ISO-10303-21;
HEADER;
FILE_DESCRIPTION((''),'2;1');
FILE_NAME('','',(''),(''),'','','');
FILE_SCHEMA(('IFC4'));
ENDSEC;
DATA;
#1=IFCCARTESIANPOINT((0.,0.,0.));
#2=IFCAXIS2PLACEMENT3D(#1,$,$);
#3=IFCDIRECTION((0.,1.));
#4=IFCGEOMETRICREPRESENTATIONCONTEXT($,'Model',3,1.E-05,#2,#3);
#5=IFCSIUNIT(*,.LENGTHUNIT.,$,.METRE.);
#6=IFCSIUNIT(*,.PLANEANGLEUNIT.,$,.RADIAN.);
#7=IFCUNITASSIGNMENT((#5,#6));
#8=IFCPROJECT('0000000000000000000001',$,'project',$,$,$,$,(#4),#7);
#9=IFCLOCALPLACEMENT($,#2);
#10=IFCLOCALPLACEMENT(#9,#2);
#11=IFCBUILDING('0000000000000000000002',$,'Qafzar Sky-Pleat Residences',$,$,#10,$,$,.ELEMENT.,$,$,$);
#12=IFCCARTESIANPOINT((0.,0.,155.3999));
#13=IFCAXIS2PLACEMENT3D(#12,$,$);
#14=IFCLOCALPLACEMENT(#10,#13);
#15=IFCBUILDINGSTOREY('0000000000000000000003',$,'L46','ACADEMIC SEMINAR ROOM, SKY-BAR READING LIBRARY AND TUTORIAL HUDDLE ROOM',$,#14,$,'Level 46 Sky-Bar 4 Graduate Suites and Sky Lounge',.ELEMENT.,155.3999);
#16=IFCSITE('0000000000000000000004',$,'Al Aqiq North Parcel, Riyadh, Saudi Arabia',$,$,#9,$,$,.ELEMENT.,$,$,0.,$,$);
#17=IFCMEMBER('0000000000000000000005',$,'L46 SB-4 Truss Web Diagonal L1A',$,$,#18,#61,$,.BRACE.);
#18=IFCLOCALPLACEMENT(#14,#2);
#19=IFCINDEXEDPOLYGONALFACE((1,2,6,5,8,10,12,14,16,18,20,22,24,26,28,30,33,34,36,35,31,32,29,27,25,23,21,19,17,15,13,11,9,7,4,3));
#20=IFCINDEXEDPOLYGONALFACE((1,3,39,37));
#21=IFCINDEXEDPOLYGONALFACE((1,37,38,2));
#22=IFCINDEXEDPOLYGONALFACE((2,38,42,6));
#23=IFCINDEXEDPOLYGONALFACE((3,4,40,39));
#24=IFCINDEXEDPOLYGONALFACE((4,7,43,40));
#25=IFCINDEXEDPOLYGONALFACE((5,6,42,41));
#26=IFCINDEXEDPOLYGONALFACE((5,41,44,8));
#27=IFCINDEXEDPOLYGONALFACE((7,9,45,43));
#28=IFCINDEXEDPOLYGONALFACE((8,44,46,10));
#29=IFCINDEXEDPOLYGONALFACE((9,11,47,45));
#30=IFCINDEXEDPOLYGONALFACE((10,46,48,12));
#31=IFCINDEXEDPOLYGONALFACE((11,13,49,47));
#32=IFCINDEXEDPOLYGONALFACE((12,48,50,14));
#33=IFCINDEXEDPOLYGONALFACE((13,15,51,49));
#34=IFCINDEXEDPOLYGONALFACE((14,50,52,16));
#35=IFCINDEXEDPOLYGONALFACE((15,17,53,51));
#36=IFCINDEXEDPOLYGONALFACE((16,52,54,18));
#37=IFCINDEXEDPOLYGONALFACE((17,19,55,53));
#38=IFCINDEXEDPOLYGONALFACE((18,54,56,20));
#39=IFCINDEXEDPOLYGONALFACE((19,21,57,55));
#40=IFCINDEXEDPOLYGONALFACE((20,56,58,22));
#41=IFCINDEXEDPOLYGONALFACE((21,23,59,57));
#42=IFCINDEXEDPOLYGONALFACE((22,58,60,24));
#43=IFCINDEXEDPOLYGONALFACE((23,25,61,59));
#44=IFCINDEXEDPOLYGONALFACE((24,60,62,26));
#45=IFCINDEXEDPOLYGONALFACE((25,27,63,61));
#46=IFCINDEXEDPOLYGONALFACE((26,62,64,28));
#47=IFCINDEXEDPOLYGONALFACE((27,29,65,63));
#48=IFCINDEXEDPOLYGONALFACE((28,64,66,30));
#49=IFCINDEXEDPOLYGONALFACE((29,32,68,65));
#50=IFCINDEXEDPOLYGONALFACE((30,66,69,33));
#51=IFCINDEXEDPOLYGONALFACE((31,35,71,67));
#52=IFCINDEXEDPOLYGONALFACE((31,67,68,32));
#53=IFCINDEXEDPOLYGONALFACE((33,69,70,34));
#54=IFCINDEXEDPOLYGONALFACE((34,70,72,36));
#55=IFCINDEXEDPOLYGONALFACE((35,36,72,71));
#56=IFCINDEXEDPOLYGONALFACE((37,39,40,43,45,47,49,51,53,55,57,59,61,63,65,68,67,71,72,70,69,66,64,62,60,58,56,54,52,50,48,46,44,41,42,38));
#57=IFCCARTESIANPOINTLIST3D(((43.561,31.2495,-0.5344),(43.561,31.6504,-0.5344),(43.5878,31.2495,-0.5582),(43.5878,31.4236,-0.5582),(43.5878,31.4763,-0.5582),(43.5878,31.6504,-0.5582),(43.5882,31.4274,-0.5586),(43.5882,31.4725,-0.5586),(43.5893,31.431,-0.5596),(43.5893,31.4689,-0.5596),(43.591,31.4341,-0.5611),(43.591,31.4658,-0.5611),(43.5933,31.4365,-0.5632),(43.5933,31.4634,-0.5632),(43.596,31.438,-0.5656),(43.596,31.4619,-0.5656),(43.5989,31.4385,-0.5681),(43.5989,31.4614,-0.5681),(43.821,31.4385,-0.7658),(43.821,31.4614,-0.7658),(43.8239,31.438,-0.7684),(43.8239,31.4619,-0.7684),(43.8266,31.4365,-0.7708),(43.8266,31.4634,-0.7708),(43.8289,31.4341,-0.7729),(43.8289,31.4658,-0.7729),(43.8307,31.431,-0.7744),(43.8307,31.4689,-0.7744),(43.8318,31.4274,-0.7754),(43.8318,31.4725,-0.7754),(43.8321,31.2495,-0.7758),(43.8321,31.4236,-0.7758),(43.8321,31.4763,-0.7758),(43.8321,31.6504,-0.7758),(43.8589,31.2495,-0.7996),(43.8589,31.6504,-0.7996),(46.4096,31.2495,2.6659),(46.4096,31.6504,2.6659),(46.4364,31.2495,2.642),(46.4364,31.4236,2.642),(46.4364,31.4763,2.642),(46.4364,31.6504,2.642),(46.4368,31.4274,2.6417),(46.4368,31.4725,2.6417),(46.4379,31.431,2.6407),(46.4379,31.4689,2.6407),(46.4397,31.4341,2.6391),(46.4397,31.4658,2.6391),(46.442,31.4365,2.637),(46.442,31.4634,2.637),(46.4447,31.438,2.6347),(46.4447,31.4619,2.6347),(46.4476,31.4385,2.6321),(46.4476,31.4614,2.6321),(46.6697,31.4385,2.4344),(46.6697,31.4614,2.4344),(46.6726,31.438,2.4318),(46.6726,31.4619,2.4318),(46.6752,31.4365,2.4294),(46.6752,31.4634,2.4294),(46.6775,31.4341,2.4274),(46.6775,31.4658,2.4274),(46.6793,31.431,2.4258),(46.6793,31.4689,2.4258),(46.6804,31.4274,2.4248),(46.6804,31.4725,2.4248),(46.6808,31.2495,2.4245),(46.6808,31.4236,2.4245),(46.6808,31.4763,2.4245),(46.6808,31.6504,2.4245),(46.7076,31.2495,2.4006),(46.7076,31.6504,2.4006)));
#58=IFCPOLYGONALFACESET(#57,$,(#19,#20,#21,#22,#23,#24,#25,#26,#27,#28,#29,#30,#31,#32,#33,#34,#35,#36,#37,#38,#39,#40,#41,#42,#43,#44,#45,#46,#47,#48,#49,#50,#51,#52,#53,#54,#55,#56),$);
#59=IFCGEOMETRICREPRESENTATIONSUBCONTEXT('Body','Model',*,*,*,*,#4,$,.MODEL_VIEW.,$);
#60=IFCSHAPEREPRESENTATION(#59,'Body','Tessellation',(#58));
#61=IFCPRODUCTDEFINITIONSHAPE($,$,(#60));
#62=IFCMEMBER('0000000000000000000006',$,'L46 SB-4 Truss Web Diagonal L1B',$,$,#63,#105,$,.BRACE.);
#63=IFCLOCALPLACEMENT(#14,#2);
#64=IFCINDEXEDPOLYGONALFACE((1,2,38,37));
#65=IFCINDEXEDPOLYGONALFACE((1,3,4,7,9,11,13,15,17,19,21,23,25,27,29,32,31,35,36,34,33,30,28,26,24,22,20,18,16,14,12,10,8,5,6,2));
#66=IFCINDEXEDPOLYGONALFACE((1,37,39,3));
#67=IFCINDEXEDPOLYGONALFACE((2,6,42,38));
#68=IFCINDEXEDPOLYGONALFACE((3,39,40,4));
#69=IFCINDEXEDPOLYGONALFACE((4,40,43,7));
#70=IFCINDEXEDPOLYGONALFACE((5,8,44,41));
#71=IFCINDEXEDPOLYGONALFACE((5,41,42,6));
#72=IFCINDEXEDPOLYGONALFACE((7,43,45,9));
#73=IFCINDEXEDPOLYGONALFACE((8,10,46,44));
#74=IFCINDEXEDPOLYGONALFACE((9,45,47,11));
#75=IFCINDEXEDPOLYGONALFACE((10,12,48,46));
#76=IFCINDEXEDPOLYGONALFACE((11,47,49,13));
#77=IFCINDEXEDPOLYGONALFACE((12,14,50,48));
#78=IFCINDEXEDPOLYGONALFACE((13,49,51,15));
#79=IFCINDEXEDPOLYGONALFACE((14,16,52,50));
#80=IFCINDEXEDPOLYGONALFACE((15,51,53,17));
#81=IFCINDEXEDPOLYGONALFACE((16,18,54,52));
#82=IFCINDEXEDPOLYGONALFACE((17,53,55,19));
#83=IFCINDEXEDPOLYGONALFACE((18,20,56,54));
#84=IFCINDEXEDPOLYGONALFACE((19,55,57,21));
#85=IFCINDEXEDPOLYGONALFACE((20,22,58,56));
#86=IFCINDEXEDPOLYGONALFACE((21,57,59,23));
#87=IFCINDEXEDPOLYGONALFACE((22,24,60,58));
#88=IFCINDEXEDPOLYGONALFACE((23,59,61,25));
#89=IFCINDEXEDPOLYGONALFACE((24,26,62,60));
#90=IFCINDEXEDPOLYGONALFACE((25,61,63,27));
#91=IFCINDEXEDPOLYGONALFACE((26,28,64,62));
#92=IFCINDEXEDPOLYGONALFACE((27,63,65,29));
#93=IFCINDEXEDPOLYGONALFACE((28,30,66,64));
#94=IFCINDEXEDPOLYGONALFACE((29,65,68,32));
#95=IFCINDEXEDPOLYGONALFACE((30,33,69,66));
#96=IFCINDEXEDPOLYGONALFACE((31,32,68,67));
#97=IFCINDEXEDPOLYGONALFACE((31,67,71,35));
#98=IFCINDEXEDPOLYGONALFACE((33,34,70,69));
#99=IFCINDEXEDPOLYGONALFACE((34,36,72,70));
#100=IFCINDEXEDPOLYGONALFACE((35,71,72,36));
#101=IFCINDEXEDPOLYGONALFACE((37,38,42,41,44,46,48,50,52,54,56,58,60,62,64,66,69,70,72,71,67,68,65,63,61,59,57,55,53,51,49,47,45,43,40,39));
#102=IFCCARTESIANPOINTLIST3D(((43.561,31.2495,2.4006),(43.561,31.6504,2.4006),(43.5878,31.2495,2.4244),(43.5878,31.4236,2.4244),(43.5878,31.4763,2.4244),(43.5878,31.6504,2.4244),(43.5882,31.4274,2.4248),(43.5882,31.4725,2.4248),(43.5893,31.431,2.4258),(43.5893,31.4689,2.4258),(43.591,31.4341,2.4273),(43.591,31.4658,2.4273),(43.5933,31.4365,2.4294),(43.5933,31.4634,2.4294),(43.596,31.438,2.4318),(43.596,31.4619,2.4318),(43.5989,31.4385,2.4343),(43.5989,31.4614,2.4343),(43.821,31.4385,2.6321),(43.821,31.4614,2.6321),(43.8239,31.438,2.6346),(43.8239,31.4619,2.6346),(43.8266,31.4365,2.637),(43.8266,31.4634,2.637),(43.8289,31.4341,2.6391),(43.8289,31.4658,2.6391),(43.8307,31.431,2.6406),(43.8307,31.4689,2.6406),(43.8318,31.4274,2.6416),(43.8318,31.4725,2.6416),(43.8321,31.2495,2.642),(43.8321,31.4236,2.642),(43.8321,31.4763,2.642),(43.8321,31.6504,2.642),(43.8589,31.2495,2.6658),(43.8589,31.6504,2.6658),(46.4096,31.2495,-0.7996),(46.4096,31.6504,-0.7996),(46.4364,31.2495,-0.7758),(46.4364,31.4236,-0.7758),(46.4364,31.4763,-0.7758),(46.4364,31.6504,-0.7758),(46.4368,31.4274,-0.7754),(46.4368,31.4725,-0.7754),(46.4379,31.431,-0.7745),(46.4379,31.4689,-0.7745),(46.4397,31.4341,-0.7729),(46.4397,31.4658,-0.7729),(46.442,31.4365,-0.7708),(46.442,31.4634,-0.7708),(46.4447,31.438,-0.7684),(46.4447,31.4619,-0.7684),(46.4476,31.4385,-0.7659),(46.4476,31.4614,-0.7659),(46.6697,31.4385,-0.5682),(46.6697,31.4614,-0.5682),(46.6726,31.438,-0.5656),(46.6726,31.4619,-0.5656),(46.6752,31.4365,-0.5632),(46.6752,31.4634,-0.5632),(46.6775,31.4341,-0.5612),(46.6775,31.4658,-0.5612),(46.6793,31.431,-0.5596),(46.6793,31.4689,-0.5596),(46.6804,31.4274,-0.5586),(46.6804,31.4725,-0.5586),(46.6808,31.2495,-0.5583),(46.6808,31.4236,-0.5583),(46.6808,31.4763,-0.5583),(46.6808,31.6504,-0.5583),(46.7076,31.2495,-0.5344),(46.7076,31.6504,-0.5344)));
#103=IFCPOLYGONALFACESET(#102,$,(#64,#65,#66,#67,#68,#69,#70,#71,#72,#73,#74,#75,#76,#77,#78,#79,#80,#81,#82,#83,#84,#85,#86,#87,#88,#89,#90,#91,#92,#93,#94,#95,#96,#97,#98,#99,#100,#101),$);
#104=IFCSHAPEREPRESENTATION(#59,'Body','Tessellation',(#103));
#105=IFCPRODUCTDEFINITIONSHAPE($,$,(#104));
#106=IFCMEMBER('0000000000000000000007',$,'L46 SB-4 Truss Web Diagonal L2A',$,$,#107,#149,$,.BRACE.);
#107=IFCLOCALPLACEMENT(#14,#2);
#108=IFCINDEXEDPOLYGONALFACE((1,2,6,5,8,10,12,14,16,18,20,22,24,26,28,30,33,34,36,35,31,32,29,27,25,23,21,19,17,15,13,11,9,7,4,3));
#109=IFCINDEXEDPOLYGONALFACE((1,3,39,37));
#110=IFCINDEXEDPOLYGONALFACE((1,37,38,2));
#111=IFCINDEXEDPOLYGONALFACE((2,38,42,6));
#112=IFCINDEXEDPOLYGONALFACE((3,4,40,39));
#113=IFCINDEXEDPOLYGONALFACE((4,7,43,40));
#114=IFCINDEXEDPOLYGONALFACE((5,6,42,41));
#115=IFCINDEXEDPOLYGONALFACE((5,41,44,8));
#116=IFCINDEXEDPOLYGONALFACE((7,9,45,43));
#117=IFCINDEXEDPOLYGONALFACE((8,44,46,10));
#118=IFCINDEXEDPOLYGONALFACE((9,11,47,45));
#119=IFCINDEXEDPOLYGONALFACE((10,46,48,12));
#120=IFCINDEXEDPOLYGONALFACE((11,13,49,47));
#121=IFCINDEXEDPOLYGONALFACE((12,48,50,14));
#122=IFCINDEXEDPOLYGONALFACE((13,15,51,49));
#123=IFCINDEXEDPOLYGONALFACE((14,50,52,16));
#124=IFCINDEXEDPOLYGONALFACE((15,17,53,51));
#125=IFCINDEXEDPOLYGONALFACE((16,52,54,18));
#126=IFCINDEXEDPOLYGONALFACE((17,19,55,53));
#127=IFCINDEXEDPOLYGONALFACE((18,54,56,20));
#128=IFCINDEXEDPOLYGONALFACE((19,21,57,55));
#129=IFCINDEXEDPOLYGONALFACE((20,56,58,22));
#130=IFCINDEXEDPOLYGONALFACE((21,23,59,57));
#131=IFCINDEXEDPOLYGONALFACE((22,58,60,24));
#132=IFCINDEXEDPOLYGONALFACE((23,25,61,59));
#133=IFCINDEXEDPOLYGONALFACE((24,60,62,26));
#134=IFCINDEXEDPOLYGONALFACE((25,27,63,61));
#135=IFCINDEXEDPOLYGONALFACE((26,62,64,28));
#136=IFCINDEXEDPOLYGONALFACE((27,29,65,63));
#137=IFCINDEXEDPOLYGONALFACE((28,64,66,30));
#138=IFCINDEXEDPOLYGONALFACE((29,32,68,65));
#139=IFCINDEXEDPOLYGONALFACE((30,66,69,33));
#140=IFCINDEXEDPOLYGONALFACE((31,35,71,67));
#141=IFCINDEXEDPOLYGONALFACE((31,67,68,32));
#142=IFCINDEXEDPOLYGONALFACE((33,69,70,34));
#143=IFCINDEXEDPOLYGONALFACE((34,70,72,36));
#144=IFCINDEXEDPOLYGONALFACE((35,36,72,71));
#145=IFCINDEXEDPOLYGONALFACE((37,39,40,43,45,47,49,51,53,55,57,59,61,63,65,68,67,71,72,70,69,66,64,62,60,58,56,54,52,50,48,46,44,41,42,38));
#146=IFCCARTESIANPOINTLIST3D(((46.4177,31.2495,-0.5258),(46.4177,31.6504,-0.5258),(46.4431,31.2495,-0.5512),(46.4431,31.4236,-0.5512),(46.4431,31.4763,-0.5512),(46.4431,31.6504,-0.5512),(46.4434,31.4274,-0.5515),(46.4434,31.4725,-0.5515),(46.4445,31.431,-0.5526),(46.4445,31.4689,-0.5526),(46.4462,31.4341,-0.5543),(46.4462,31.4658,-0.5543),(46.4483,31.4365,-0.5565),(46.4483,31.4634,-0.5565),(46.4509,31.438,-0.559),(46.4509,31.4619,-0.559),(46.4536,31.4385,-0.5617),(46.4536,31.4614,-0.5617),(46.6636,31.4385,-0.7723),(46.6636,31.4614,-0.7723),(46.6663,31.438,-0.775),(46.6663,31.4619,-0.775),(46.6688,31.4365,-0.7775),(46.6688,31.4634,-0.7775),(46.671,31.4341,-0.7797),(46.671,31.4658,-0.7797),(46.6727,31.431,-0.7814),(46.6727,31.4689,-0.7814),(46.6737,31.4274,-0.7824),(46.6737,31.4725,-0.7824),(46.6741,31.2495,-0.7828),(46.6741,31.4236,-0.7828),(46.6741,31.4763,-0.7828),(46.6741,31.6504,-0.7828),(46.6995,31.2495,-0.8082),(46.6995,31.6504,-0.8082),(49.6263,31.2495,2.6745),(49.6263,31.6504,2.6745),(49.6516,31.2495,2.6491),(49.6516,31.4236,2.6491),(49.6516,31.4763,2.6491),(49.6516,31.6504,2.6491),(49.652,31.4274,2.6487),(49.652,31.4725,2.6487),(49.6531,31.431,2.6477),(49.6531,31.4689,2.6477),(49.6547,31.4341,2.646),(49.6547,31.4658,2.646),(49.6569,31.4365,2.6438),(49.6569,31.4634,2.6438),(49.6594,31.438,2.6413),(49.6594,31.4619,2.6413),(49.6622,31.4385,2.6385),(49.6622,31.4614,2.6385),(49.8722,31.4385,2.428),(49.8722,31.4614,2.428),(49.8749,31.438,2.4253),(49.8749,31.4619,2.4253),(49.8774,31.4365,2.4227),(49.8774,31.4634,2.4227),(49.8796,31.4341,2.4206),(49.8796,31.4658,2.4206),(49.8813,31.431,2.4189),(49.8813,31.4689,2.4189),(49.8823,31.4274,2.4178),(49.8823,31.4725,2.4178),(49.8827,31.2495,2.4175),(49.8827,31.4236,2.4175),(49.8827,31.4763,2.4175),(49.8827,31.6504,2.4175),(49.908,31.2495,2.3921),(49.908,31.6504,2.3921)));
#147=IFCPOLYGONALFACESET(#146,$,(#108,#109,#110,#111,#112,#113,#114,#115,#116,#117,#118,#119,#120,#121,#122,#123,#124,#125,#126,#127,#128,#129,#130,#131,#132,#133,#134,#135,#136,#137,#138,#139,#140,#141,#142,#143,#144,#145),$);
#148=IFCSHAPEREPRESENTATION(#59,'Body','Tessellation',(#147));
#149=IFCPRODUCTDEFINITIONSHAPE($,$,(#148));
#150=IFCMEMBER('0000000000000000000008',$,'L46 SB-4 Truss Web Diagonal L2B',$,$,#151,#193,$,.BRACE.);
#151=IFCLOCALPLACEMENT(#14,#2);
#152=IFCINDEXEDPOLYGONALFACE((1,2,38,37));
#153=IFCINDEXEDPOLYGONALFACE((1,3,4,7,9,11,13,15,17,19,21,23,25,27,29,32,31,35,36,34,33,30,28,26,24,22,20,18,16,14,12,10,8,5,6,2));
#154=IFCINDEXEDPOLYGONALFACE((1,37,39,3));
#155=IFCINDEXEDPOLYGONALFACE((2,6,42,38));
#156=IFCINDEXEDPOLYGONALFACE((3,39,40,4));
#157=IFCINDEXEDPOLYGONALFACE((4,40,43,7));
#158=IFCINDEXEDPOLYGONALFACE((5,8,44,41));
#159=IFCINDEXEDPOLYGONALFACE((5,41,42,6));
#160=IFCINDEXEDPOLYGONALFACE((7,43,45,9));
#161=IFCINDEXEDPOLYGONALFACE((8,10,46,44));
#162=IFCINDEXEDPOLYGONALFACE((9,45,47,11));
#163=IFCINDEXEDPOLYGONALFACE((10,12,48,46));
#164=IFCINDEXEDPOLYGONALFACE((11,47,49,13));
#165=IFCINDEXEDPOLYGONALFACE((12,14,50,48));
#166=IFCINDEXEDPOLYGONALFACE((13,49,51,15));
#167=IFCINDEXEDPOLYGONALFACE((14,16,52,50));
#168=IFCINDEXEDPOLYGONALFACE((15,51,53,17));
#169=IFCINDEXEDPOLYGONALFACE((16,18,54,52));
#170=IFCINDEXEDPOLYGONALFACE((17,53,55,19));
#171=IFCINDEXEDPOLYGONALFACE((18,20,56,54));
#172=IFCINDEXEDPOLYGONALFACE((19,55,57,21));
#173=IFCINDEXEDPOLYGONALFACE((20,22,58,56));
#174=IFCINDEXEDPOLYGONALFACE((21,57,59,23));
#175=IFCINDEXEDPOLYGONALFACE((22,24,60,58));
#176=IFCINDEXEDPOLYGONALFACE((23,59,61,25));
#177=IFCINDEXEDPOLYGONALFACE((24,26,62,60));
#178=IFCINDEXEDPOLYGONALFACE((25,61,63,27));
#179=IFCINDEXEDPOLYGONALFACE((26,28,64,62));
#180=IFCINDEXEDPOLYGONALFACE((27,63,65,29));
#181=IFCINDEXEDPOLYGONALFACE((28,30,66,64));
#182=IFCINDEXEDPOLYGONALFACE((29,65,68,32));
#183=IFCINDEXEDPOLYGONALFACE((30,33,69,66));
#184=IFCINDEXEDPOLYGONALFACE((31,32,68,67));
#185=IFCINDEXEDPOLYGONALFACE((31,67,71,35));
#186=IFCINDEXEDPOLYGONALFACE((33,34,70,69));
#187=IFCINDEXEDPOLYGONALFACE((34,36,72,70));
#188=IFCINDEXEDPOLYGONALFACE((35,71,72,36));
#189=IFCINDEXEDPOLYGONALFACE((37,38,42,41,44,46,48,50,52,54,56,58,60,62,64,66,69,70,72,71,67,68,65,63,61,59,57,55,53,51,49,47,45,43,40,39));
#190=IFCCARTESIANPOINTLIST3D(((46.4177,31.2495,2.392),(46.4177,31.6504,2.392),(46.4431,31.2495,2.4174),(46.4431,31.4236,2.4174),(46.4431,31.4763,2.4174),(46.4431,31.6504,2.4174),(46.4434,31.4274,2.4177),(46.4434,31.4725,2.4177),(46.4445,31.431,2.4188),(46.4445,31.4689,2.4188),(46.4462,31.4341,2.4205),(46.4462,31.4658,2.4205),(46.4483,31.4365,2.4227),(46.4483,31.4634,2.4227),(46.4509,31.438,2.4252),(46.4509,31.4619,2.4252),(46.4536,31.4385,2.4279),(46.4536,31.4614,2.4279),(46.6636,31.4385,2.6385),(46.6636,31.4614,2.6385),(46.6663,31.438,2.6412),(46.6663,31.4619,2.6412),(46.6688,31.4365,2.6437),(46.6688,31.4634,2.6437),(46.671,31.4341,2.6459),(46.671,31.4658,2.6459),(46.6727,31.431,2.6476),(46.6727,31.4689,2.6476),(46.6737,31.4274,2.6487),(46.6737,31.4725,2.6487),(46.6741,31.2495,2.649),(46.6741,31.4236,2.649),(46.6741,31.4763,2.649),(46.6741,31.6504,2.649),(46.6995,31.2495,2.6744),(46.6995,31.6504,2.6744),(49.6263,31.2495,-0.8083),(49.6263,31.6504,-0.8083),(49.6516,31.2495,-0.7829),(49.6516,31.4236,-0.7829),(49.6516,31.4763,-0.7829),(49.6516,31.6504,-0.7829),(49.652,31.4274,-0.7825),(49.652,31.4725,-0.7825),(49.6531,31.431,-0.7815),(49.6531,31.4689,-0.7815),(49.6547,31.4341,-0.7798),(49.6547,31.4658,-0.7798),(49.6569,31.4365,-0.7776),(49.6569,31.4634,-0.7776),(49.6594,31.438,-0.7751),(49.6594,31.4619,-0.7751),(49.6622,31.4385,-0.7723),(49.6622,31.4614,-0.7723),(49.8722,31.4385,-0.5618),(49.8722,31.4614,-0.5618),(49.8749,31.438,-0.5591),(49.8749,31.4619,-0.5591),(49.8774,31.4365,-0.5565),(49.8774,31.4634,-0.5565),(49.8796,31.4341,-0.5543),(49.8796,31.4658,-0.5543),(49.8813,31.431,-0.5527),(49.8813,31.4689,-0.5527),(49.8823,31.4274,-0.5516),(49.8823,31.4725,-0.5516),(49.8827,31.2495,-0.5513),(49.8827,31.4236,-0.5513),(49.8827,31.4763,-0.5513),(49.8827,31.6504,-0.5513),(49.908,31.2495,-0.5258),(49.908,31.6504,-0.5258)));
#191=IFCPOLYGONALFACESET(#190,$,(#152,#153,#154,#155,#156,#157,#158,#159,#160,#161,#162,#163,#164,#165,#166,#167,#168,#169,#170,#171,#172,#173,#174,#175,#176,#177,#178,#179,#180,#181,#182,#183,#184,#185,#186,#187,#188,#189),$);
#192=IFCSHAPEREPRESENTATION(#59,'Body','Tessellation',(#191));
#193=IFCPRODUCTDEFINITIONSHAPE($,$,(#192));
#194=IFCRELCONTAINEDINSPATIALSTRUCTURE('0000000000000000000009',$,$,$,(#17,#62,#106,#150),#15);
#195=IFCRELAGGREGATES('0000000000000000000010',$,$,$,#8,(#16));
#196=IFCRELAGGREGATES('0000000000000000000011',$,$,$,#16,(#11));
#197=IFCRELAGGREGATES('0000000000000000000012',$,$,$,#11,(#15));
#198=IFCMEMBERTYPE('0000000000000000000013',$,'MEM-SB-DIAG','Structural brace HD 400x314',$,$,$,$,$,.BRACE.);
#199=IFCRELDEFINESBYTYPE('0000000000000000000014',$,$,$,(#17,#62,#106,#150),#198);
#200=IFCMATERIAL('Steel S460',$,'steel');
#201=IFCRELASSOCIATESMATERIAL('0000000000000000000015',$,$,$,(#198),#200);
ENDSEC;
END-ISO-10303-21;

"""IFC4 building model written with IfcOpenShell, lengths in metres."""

from ifc_helpers import new_model, si_unit, direction, frame, origin, origin_2d, place, context, subcontext, project, spatial, i_section, extrude, source, transform, mapped, material, material_profile, profile_set, type_object, element, save


model = new_model("IFC4")

# Units and contexts
model_context = context("Model", 3, precision=1e-05, world=origin(), true_north=direction((0.0, 1.0)))
body_context = subcontext(model_context, "Body", "Model", "MODEL_VIEW")
ifc_project = project(units=[si_unit("LENGTHUNIT", "METRE"), si_unit("PLANEANGLEUNIT", "RADIAN")], contexts=[model_context])

# Site, building, storey
site_placement = place(None, origin())
site = spatial("IfcSite", under=ifc_project, at=site_placement, Name="Al Aqiq North Parcel, Riyadh, Saudi Arabia", CompositionType="ELEMENT", RefElevation=0.0)
building_placement = place(site_placement, origin())
building = spatial("IfcBuilding", under=site, at=building_placement, Name="Qafzar Sky-Pleat Residences", CompositionType="ELEMENT")
storey_placement = place(building_placement, frame((0.0, 0.0, 155.3999)))
storey = spatial("IfcBuildingStorey", under=building, at=storey_placement, Name="L46", Description="ACADEMIC SEMINAR ROOM, SKY-BAR READING LIBRARY AND TUTORIAL HUDDLE ROOM", LongName="Level 46 Sky-Bar 4 Graduate Suites and Sky Lounge", CompositionType="ELEMENT", Elevation=155.3999)

# Shared definitions
ifc_material_1 = material(Name="Steel S460", Category="steel")

# Members
ifc_material_profile_1 = material_profile(ifc_material_1, i_section(OverallWidth=0.4009, OverallDepth=0.3989, WebThickness=0.0229, FlangeThickness=0.0359, FilletRadius=0.0149, at=origin_2d()), Name="HD 400x314")
ifc_profile_set_1 = profile_set([ifc_material_profile_1], Name="Steel S460")
member_type = type_object("IfcMemberType", Name="MEM-SB-DIAG", Description="Structural brace HD 400x314", PredefinedType="BRACE", material=ifc_profile_set_1)
shared_shape_1 = source(origin(), body_context, "Body", "SweptSolid", [
    extrude(i_section(OverallWidth=0.4009, OverallDepth=0.3989, WebThickness=0.0229, FlangeThickness=0.0359, FilletRadius=0.0149, at=origin_2d()), origin(), (0.0, 0.0, 1.0), 4.2844),
])
for number, where, z_axis, x_axis, name in (
    (1, (43.71, 31.45, -0.667), (0.664887, 0.0, 0.746944), (0.0, 1.0, 0.0), "L46 SB-4 Truss Web Diagonal L1A"),
    (2, (43.71, 31.45, 2.5332), (0.664887, 0.0, -0.746944), (0.0, 1.0, 0.0), "L46 SB-4 Truss Web Diagonal L1B"),
):
    element("IfcMember", number, at=place(storey_placement, frame(where, z_axis=z_axis, x_axis=x_axis)), inside=storey, type_object=member_type, Name=name, PredefinedType="BRACE", context=body_context, shape_type="MappedRepresentation", body=[
        mapped(shared_shape_1, transform((0.0, 0.0, 0.0), x_axis=(1.0, 0.0, 0.0), y_axis=(0.0, 1.0, 0.0), z_axis=(0.0, 0.0, 1.0), scale=1.0)),
    ])
shared_shape_2 = source(origin(), body_context, "Body", "SweptSolid", [
    extrude(i_section(OverallWidth=0.4009, OverallDepth=0.3989, WebThickness=0.0229, FlangeThickness=0.0359, FilletRadius=0.0149, at=origin_2d()), origin(), (0.0, 0.0, 1.0), 4.5317),
])
for number, where, z_axis, x_axis, name in (
    (3, (46.5586, 31.45, -0.667), (0.708022, 0.0, 0.70619), (0.0, 1.0, 0.0), "L46 SB-4 Truss Web Diagonal L2A"),
    (4, (46.5586, 31.45, 2.5332), (0.708022, 0.0, -0.70619), (0.0, 1.0, 0.0), "L46 SB-4 Truss Web Diagonal L2B"),
):
    element("IfcMember", number, at=place(storey_placement, frame(where, z_axis=z_axis, x_axis=x_axis)), inside=storey, type_object=member_type, Name=name, PredefinedType="BRACE", context=body_context, shape_type="MappedRepresentation", body=[
        mapped(shared_shape_2, transform((0.0, 0.0, 0.0), x_axis=(1.0, 0.0, 0.0), y_axis=(0.0, 1.0, 0.0), z_axis=(0.0, 0.0, 1.0), scale=1.0)),
    ])

save(model, "model.ifc")
